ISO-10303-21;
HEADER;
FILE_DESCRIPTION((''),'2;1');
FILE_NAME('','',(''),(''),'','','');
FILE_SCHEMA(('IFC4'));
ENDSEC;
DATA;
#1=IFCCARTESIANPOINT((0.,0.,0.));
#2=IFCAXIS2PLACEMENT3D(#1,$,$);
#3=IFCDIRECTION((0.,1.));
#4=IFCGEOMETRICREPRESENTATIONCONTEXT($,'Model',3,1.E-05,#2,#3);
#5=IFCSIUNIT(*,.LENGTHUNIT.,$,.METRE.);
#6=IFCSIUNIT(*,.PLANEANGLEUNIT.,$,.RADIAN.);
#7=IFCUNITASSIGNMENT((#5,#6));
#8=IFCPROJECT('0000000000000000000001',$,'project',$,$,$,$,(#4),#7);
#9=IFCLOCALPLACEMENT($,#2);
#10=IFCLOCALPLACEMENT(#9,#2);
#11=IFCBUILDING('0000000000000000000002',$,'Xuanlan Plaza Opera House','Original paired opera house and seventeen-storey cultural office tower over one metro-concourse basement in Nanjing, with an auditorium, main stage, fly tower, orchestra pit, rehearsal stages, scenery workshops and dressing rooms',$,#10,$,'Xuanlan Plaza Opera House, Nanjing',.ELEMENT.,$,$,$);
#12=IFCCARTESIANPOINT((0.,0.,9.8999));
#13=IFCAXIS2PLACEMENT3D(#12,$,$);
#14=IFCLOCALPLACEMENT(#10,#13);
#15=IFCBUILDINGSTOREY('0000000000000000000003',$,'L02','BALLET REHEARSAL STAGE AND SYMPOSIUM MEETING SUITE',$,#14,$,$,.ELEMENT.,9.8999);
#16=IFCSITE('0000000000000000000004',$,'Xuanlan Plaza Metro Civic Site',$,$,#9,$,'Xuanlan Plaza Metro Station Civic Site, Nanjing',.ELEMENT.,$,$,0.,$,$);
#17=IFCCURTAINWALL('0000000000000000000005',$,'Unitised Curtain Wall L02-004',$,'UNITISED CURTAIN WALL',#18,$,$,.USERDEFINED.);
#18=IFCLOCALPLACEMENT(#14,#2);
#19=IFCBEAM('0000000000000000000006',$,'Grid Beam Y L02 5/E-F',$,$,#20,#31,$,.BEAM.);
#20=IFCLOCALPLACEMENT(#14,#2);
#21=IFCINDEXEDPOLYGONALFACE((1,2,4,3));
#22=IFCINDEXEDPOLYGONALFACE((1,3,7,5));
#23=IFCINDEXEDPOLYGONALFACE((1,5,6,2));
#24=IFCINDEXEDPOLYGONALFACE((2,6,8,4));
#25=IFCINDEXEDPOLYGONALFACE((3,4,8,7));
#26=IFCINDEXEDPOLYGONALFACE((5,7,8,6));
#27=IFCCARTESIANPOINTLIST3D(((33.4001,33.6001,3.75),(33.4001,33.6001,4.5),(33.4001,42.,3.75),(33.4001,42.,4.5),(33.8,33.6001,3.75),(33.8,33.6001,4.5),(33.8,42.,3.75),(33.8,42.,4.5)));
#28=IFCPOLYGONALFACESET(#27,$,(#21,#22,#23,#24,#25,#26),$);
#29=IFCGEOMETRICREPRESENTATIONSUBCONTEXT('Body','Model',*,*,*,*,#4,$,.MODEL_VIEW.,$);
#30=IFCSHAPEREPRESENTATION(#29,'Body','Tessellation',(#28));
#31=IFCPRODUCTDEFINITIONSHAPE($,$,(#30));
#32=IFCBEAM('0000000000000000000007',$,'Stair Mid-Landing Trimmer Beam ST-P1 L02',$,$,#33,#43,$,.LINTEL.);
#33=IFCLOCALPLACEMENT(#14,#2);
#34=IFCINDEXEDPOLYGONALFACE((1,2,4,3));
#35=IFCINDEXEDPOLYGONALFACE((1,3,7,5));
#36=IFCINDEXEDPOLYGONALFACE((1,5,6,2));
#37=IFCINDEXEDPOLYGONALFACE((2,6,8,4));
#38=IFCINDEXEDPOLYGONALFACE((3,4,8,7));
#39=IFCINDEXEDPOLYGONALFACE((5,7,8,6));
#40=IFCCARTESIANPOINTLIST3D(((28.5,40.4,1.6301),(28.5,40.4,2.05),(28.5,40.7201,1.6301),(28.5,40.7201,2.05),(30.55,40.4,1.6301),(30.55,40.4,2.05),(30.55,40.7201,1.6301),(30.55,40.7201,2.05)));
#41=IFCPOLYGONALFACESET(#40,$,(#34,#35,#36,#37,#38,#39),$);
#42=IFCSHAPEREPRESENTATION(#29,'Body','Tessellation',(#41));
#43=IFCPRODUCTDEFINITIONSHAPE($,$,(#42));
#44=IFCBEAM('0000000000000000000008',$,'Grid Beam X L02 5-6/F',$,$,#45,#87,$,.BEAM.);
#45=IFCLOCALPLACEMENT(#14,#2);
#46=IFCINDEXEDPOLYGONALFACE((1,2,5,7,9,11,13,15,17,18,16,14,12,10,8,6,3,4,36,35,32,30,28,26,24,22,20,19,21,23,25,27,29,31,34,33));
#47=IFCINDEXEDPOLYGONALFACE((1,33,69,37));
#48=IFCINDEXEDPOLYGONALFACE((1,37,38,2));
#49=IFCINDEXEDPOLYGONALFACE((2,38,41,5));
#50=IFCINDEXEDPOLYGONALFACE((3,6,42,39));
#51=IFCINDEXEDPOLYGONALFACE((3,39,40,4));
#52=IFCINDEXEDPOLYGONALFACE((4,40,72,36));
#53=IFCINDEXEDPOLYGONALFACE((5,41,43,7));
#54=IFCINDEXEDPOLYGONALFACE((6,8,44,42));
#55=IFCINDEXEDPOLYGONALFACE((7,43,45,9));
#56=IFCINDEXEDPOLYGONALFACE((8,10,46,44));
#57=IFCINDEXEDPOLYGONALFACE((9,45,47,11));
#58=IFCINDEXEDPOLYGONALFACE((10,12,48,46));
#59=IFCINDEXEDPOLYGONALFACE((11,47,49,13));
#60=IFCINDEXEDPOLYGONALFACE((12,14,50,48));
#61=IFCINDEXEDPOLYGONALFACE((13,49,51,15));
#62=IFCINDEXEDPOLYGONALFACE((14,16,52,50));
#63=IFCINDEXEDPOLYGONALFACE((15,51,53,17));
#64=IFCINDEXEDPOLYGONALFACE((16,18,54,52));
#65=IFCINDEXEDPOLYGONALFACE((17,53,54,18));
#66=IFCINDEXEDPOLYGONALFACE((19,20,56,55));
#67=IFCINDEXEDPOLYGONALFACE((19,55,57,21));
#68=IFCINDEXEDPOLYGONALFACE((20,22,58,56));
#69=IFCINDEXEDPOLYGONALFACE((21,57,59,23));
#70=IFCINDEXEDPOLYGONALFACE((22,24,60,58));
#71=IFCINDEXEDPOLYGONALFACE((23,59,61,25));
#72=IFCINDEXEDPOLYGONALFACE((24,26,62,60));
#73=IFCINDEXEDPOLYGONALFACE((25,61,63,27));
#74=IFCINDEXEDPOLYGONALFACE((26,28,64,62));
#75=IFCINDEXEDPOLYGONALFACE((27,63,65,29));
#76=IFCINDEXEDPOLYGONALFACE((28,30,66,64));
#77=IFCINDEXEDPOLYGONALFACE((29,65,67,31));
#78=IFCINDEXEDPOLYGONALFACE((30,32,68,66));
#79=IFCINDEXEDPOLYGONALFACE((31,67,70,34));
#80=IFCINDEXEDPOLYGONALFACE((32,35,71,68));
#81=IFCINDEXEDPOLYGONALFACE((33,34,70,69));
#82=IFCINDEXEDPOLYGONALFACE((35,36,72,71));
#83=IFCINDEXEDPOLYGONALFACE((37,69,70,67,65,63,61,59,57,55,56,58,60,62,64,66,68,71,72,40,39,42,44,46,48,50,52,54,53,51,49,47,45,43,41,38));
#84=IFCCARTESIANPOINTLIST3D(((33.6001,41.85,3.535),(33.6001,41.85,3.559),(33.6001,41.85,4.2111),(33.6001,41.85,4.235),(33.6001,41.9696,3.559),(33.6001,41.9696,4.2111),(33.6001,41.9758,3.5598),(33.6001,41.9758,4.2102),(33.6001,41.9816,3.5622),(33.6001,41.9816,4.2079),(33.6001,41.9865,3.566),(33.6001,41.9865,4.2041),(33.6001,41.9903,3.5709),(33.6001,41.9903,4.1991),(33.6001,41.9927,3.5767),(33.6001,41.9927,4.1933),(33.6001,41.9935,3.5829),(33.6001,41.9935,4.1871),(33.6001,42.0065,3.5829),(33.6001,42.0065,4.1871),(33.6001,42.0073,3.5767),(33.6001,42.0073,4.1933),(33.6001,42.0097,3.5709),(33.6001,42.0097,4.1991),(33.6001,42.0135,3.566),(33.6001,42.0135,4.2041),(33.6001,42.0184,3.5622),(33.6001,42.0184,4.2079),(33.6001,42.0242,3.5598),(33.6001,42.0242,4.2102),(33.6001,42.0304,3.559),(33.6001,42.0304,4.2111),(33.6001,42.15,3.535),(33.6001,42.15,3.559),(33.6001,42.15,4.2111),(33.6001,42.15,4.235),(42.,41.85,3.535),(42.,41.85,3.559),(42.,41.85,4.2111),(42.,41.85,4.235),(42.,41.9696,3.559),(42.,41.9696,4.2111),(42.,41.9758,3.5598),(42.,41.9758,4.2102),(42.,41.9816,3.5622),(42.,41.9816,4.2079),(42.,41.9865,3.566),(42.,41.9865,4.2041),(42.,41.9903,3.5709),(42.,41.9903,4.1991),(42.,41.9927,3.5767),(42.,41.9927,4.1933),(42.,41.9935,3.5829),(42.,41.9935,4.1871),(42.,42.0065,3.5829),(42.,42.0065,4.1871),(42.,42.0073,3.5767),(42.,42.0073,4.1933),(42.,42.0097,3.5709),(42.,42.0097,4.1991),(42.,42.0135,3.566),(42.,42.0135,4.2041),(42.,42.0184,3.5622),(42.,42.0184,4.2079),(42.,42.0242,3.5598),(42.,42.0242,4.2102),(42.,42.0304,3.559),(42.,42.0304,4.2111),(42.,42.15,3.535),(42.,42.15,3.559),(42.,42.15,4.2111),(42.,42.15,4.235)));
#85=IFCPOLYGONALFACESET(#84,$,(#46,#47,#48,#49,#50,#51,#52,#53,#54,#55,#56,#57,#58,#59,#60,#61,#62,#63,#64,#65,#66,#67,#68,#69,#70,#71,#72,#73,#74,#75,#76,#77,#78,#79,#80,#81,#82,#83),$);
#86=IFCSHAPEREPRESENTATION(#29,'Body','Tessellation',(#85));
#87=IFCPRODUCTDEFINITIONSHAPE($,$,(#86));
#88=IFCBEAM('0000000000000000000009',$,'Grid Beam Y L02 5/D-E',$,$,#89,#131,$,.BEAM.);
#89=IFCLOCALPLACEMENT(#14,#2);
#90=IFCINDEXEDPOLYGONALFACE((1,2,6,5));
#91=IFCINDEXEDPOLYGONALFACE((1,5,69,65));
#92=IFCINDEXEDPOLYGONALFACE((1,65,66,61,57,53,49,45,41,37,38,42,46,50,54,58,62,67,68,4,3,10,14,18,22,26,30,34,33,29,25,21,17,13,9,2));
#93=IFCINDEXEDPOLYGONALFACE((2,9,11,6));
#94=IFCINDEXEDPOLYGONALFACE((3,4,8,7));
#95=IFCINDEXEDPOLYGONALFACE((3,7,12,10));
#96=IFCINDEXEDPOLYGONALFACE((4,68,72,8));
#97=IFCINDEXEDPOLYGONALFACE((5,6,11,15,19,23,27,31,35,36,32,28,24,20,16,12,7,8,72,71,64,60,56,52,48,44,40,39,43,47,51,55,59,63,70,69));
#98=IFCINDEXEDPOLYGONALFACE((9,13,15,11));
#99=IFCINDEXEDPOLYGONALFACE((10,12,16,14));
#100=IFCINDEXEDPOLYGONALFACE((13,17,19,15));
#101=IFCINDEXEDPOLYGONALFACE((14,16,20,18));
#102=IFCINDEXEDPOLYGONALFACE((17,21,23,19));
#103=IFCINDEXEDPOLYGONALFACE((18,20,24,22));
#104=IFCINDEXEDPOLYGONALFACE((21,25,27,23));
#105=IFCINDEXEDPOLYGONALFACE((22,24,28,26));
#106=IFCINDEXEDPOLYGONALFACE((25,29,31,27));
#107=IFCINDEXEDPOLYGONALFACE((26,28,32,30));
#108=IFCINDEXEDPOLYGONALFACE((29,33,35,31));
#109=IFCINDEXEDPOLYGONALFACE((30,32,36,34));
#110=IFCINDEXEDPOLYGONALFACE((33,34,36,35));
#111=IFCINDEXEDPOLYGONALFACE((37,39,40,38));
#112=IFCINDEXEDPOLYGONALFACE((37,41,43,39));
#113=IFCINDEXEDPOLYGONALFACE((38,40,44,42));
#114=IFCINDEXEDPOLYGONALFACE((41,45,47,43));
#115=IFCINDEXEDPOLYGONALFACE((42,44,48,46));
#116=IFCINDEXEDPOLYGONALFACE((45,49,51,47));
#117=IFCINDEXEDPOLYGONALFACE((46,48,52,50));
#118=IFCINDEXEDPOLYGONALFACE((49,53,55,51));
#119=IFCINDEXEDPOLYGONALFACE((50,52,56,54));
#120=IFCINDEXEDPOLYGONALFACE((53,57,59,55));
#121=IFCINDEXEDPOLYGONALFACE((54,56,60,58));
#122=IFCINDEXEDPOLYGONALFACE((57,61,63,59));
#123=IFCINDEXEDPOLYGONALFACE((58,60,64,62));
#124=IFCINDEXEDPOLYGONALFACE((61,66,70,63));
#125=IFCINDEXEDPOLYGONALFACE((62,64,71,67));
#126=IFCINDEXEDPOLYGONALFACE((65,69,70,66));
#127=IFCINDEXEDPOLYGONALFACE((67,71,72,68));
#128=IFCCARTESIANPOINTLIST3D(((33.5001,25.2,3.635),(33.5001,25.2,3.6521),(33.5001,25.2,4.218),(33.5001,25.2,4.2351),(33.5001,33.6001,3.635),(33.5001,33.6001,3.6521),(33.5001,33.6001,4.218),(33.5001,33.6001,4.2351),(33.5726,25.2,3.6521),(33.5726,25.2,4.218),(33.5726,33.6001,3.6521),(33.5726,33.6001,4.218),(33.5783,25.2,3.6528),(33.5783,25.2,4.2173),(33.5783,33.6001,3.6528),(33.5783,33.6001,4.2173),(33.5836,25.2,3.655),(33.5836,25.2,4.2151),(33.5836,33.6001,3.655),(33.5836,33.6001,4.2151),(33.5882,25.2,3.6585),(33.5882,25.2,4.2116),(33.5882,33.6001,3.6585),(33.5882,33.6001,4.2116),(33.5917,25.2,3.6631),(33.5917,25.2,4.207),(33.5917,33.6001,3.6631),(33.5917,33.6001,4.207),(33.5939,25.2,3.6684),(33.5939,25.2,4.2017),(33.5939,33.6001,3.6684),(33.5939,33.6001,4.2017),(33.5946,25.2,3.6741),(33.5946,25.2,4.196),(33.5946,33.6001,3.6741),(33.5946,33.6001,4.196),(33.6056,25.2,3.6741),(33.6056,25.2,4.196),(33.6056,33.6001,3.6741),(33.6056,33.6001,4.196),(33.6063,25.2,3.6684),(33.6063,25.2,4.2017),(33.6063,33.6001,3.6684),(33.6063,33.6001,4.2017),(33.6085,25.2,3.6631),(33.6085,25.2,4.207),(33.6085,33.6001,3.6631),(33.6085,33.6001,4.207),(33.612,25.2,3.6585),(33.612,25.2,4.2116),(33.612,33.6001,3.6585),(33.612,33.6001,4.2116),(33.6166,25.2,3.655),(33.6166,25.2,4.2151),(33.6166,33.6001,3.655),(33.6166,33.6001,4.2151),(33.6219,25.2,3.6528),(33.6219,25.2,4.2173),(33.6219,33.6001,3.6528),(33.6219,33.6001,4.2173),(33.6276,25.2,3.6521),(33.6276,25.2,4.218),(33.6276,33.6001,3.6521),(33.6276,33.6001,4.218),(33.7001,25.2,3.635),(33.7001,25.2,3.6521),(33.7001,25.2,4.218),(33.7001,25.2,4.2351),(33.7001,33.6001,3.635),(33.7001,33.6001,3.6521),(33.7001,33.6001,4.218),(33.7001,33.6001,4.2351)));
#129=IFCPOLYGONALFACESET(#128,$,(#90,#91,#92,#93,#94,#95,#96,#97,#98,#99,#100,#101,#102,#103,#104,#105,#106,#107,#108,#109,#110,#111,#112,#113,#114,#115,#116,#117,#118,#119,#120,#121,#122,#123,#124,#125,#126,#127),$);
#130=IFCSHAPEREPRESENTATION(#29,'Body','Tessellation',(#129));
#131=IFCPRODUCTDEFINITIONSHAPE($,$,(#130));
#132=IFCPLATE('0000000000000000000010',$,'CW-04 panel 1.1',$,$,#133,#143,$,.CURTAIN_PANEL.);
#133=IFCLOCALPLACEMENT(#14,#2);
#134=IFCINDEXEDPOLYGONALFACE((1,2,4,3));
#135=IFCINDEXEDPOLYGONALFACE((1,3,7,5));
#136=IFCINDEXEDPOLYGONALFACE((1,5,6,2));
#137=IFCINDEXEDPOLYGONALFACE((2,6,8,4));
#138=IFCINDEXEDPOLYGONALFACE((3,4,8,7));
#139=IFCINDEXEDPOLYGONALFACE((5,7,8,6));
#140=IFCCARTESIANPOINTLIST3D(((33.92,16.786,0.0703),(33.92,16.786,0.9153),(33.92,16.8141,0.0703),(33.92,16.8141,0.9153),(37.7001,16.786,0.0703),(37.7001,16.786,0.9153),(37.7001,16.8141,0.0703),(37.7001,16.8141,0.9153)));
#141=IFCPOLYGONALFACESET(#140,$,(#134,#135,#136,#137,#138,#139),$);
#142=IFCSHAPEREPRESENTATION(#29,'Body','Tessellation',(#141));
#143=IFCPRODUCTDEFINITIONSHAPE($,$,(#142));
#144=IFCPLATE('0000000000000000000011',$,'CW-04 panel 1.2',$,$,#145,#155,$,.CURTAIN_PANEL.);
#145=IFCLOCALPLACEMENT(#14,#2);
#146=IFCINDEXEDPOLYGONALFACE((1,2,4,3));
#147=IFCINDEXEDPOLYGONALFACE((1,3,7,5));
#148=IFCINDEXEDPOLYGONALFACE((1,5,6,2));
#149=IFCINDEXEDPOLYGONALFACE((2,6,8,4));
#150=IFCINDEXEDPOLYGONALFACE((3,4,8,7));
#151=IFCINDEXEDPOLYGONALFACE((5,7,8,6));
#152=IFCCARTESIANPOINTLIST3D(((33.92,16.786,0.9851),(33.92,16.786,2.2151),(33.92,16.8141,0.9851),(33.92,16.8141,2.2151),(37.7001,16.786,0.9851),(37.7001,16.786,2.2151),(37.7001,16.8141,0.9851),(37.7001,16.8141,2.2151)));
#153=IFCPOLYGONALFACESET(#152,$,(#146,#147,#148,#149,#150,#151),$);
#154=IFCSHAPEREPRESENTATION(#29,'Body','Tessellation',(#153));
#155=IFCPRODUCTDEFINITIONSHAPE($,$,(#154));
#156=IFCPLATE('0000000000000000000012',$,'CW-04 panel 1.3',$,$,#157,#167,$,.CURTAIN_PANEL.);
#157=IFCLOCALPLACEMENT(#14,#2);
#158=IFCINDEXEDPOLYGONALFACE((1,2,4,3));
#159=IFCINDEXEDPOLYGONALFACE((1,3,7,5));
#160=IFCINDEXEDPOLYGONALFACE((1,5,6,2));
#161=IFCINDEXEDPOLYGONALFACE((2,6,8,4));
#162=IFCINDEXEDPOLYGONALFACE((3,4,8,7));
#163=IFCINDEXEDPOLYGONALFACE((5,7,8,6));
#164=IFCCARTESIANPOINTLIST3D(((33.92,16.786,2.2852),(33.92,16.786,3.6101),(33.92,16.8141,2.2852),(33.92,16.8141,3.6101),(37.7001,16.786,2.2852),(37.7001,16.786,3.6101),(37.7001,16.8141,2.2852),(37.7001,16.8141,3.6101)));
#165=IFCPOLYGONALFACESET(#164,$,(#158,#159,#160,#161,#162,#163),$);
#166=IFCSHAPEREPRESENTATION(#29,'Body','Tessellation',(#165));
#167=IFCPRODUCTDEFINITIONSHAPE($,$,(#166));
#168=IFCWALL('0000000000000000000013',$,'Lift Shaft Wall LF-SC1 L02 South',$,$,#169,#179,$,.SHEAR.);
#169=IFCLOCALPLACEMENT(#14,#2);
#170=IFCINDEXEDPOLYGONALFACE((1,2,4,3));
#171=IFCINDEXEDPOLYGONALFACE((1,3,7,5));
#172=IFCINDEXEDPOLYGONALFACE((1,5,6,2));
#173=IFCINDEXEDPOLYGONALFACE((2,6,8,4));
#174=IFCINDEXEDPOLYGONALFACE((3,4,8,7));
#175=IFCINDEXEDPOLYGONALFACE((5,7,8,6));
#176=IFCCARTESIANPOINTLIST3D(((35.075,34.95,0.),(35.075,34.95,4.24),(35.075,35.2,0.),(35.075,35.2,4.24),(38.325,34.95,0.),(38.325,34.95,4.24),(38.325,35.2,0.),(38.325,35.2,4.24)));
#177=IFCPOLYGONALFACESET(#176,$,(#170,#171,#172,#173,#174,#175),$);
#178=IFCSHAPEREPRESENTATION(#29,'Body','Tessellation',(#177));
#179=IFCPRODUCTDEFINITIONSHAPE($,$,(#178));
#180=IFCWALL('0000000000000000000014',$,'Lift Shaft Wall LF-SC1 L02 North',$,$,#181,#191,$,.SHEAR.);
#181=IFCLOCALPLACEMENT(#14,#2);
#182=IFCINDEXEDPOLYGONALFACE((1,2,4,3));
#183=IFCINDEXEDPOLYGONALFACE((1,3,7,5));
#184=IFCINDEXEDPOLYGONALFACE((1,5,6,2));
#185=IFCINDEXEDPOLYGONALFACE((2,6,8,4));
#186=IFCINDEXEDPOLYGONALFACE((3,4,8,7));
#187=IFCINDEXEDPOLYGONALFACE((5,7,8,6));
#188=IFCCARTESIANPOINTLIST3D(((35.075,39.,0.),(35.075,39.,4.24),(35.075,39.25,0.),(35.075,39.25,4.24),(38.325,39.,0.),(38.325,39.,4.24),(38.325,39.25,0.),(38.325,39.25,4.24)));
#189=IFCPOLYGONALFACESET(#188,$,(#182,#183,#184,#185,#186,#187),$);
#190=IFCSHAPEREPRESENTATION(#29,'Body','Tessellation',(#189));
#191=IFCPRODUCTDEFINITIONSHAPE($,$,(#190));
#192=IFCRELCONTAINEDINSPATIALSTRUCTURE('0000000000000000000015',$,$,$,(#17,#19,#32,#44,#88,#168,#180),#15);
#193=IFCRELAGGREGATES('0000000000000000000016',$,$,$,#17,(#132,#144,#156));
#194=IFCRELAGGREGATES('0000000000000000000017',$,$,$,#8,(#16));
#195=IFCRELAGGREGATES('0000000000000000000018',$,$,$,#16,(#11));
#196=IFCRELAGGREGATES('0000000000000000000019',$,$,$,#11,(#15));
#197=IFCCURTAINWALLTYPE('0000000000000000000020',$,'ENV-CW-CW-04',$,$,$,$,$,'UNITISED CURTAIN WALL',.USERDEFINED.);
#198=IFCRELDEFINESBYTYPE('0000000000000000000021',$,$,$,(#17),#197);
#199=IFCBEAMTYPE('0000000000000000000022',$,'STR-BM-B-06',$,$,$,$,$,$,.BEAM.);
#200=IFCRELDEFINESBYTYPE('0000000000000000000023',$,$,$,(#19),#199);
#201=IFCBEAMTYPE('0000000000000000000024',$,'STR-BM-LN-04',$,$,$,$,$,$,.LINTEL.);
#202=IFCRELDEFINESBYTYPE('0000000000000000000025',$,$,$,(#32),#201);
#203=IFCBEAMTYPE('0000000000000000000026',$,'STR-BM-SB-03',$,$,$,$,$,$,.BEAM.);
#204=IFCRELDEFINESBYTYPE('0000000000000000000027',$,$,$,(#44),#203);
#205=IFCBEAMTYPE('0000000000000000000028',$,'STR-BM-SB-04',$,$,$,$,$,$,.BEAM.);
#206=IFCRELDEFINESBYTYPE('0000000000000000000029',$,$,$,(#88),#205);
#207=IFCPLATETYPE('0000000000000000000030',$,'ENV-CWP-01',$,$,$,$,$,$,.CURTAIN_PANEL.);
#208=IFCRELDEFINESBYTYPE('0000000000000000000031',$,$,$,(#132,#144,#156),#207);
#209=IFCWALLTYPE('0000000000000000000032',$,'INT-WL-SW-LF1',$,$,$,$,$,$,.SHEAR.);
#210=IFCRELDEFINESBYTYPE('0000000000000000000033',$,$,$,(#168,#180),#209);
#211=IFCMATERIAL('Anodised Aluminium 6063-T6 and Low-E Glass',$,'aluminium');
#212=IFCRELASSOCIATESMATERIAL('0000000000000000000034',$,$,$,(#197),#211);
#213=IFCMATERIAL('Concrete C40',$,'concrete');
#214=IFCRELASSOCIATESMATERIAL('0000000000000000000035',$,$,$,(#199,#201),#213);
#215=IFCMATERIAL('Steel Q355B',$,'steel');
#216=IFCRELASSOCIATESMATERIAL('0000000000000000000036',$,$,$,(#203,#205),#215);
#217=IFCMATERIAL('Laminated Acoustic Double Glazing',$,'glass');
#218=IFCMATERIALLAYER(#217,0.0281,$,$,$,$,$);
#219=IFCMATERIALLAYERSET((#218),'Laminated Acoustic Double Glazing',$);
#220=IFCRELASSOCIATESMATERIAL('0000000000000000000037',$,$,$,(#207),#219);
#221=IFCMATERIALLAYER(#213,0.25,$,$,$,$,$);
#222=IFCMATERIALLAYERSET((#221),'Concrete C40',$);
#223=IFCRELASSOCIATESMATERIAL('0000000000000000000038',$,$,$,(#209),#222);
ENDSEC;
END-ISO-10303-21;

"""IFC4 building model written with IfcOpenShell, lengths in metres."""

from ifc_helpers import new_model, si_unit, direction, frame, frame_2d, origin, origin_2d, place, context, subcontext, project, spatial, rectangle, i_section, extrude, material, layer, layer_set, material_profile, profile_set, type_object, element, aggregate, save


model = new_model("IFC4")

# Units and contexts
model_context = context("Model", 3, precision=1e-05, world=origin(), true_north=direction((0.0, 1.0)))
body_context = subcontext(model_context, "Body", "Model", "MODEL_VIEW")
ifc_project = project(units=[si_unit("LENGTHUNIT", "METRE"), si_unit("PLANEANGLEUNIT", "RADIAN")], contexts=[model_context])

# Site, building, storey
site_placement = place(None, origin())
site = spatial("IfcSite", under=ifc_project, at=site_placement, Name="Xuanlan Plaza Metro Civic Site", LongName="Xuanlan Plaza Metro Station Civic Site, Nanjing", CompositionType="ELEMENT", RefElevation=0.0)
building_placement = place(site_placement, origin())
building = spatial("IfcBuilding", under=site, at=building_placement, Name="Xuanlan Plaza Opera House", Description="Original paired opera house and seventeen-storey cultural office tower over one metro-concourse basement in Nanjing, with an auditorium, main stage, fly tower, orchestra pit, rehearsal stages, scenery workshops and dressing rooms", LongName="Xuanlan Plaza Opera House, Nanjing", CompositionType="ELEMENT")
storey_placement = place(building_placement, frame((0.0, 0.0, 9.8999)))
storey = spatial("IfcBuildingStorey", under=building, at=storey_placement, Name="L02", Description="BALLET REHEARSAL STAGE AND SYMPOSIUM MEETING SUITE", CompositionType="ELEMENT", Elevation=9.8999)

# Shared definitions
ifc_material_1 = material(Name="Concrete C40", Category="concrete")

# Curtain wall
ifc_material_2 = material(Name="Anodised Aluminium 6063-T6 and Low-E Glass", Category="aluminium")
curtain_wall_type = type_object("IfcCurtainWallType", Name="ENV-CW-CW-04", ElementType="UNITISED CURTAIN WALL", PredefinedType="USERDEFINED", material=ifc_material_2)
curtain_wall_placement = place(storey_placement, origin())
curtain_wall = element("IfcCurtainWall", 1, at=curtain_wall_placement, inside=storey, type_object=curtain_wall_type, Name="Unitised Curtain Wall L02-004", ObjectType="UNITISED CURTAIN WALL", PredefinedType="USERDEFINED")

# Beams
ifc_material_profile_1 = material_profile(ifc_material_1, rectangle(XDim=0.3999, YDim=0.75, at=origin_2d()), Name="RC-BM 400x750")
ifc_profile_set_1 = profile_set([ifc_material_profile_1], Name="Concrete C40")
beam_type_1 = type_object("IfcBeamType", Name="STR-BM-B-06", PredefinedType="BEAM", material=ifc_profile_set_1)
beam_1_placement = place(storey_placement, frame((33.6001, 33.6001, 4.125), z_axis=(0.0, 1.0, 0.0), x_axis=(-1.0, 0.0, 0.0)))
element("IfcBeam", 2, at=beam_1_placement, inside=storey, type_object=beam_type_1, Name="Grid Beam Y L02 5/E-F", PredefinedType="BEAM", context=body_context, shape_type="SweptSolid", body=[
    extrude(rectangle(XDim=0.3999, YDim=0.75, at=origin_2d()), origin(), (0.0, 0.0, 1.0), 8.3999),
])
ifc_material_profile_2 = material_profile(ifc_material_1, rectangle(XDim=0.3201, YDim=0.4199, at=origin_2d()), Name="RC-LNT 320x420")
ifc_profile_set_2 = profile_set([ifc_material_profile_2], Name="Concrete C40")
beam_type_2 = type_object("IfcBeamType", Name="STR-BM-LN-04", PredefinedType="LINTEL", material=ifc_profile_set_2)
beam_2_placement = place(storey_placement, frame((28.5, 40.5601, 1.8401), z_axis=(1.0, 0.0, 0.0), x_axis=(0.0, 1.0, 0.0)))
element("IfcBeam", 3, at=beam_2_placement, inside=storey, type_object=beam_type_2, Name="Stair Mid-Landing Trimmer Beam ST-P1 L02", PredefinedType="LINTEL", context=body_context, shape_type="SweptSolid", body=[
    extrude(rectangle(XDim=0.3201, YDim=0.4199, at=origin_2d()), origin(), (0.0, 0.0, 1.0), 2.05),
])
ifc_material_3 = material(Name="Steel Q355B", Category="steel")
ifc_material_profile_3 = material_profile(ifc_material_3, i_section(OverallWidth=0.3, OverallDepth=0.7, WebThickness=0.0129, FlangeThickness=0.0239, FilletRadius=0.0239, at=origin_2d()), Name="HN 700x300x13x24")
ifc_profile_set_3 = profile_set([ifc_material_profile_3], Name="Steel Q355B")
beam_type_3 = type_object("IfcBeamType", Name="STR-BM-SB-03", PredefinedType="BEAM", material=ifc_profile_set_3)
beam_3_placement = place(storey_placement, frame((33.6001, 42.0, 3.885), z_axis=(1.0, 0.0, 0.0), x_axis=(0.0, 1.0, 0.0)))
element("IfcBeam", 4, at=beam_3_placement, inside=storey, type_object=beam_type_3, Name="Grid Beam X L02 5-6/F", PredefinedType="BEAM", context=body_context, shape_type="SweptSolid", body=[
    extrude(i_section(OverallWidth=0.3, OverallDepth=0.7, WebThickness=0.0129, FlangeThickness=0.0239, FilletRadius=0.0239, at=origin_2d()), origin(), (0.0, 0.0, 1.0), 8.3999),
])
ifc_material_profile_4 = material_profile(ifc_material_3, i_section(OverallWidth=0.2, OverallDepth=0.6001, WebThickness=0.011, FlangeThickness=0.0171, FilletRadius=0.022, at=origin_2d()), Name="HN 600x200x11x17")
ifc_profile_set_4 = profile_set([ifc_material_profile_4], Name="Steel Q355B")
beam_type_4 = type_object("IfcBeamType", Name="STR-BM-SB-04", PredefinedType="BEAM", material=ifc_profile_set_4)
beam_4_placement = place(storey_placement, frame((33.6001, 25.2, 3.9351), z_axis=(0.0, 1.0, 0.0), x_axis=(-1.0, 0.0, 0.0)))
element("IfcBeam", 5, at=beam_4_placement, inside=storey, type_object=beam_type_4, Name="Grid Beam Y L02 5/D-E", PredefinedType="BEAM", context=body_context, shape_type="SweptSolid", body=[
    extrude(i_section(OverallWidth=0.2, OverallDepth=0.6001, WebThickness=0.011, FlangeThickness=0.0171, FilletRadius=0.022, at=origin_2d()), origin(), (0.0, 0.0, 1.0), 8.4001),
])

# Plates
ifc_material_4 = material(Name="Laminated Acoustic Double Glazing", Category="glass")
ifc_layer_1 = layer(ifc_material_4, 0.0281)
ifc_layer_set_1 = layer_set([ifc_layer_1], Name="Laminated Acoustic Double Glazing")
plate_type = type_object("IfcPlateType", Name="ENV-CWP-01", PredefinedType="CURTAIN_PANEL", material=ifc_layer_set_1)
plate_1_placement = place(storey_placement, frame((35.8101, 16.8, 0.0703), z_axis=(0.0, 0.0, 1.0), x_axis=(1.0, 0.0, 0.0)))
plate_1 = element("IfcPlate", 6, at=plate_1_placement, type_object=plate_type, Name="CW-04 panel 1.1", PredefinedType="CURTAIN_PANEL", context=body_context, shape_type="SweptSolid", body=[
    extrude(rectangle(XDim=3.78, YDim=0.0281, at=origin_2d()), origin(), (0.0, 0.0, 1.0), 0.845),
])
plate_2_placement = place(storey_placement, frame((35.8101, 16.8, 0.9851), z_axis=(0.0, 0.0, 1.0), x_axis=(1.0, 0.0, 0.0)))
plate_2 = element("IfcPlate", 7, at=plate_2_placement, type_object=plate_type, Name="CW-04 panel 1.2", PredefinedType="CURTAIN_PANEL", context=body_context, shape_type="SweptSolid", body=[
    extrude(rectangle(XDim=3.78, YDim=0.0281, at=origin_2d()), origin(), (0.0, 0.0, 1.0), 1.23),
])
plate_3_placement = place(storey_placement, frame((35.8101, 16.8, 2.2852), z_axis=(0.0, 0.0, 1.0), x_axis=(1.0, 0.0, 0.0)))
plate_3 = element("IfcPlate", 8, at=plate_3_placement, type_object=plate_type, Name="CW-04 panel 1.3", PredefinedType="CURTAIN_PANEL", context=body_context, shape_type="SweptSolid", body=[
    extrude(rectangle(XDim=3.78, YDim=0.0281, at=origin_2d()), origin(), (0.0, 0.0, 1.0), 1.325),
])
aggregate(curtain_wall, [plate_1, plate_2, plate_3])

# Walls
ifc_layer_2 = layer(ifc_material_1, 0.25)
ifc_layer_set_2 = layer_set([ifc_layer_2], Name="Concrete C40")
wall_type_1 = type_object("IfcWallType", Name="INT-WL-SW-LF1", PredefinedType="SHEAR", material=ifc_layer_set_2)
for number, where, z_axis, x_axis, name in (
    (9, (35.075, 35.075, 0.0), (0.0, 0.0, 1.0), (1.0, 0.0, 0.0), "Lift Shaft Wall LF-SC1 L02 South"),
    (10, (35.075, 39.125, 0.0), (0.0, 0.0, 1.0), (1.0, 0.0, 0.0), "Lift Shaft Wall LF-SC1 L02 North"),
):
    element("IfcWall", number, at=place(storey_placement, frame(where, z_axis=z_axis, x_axis=x_axis)), inside=storey, type_object=wall_type_1, Name=name, PredefinedType="SHEAR", context=body_context, shape_type="SweptSolid", body=[
        extrude(rectangle(XDim=3.25, YDim=0.25, at=frame_2d((1.625, 0.0))), origin(), (0.0, 0.0, 1.0), 4.24),
    ])

save(model, "model.ifc")
